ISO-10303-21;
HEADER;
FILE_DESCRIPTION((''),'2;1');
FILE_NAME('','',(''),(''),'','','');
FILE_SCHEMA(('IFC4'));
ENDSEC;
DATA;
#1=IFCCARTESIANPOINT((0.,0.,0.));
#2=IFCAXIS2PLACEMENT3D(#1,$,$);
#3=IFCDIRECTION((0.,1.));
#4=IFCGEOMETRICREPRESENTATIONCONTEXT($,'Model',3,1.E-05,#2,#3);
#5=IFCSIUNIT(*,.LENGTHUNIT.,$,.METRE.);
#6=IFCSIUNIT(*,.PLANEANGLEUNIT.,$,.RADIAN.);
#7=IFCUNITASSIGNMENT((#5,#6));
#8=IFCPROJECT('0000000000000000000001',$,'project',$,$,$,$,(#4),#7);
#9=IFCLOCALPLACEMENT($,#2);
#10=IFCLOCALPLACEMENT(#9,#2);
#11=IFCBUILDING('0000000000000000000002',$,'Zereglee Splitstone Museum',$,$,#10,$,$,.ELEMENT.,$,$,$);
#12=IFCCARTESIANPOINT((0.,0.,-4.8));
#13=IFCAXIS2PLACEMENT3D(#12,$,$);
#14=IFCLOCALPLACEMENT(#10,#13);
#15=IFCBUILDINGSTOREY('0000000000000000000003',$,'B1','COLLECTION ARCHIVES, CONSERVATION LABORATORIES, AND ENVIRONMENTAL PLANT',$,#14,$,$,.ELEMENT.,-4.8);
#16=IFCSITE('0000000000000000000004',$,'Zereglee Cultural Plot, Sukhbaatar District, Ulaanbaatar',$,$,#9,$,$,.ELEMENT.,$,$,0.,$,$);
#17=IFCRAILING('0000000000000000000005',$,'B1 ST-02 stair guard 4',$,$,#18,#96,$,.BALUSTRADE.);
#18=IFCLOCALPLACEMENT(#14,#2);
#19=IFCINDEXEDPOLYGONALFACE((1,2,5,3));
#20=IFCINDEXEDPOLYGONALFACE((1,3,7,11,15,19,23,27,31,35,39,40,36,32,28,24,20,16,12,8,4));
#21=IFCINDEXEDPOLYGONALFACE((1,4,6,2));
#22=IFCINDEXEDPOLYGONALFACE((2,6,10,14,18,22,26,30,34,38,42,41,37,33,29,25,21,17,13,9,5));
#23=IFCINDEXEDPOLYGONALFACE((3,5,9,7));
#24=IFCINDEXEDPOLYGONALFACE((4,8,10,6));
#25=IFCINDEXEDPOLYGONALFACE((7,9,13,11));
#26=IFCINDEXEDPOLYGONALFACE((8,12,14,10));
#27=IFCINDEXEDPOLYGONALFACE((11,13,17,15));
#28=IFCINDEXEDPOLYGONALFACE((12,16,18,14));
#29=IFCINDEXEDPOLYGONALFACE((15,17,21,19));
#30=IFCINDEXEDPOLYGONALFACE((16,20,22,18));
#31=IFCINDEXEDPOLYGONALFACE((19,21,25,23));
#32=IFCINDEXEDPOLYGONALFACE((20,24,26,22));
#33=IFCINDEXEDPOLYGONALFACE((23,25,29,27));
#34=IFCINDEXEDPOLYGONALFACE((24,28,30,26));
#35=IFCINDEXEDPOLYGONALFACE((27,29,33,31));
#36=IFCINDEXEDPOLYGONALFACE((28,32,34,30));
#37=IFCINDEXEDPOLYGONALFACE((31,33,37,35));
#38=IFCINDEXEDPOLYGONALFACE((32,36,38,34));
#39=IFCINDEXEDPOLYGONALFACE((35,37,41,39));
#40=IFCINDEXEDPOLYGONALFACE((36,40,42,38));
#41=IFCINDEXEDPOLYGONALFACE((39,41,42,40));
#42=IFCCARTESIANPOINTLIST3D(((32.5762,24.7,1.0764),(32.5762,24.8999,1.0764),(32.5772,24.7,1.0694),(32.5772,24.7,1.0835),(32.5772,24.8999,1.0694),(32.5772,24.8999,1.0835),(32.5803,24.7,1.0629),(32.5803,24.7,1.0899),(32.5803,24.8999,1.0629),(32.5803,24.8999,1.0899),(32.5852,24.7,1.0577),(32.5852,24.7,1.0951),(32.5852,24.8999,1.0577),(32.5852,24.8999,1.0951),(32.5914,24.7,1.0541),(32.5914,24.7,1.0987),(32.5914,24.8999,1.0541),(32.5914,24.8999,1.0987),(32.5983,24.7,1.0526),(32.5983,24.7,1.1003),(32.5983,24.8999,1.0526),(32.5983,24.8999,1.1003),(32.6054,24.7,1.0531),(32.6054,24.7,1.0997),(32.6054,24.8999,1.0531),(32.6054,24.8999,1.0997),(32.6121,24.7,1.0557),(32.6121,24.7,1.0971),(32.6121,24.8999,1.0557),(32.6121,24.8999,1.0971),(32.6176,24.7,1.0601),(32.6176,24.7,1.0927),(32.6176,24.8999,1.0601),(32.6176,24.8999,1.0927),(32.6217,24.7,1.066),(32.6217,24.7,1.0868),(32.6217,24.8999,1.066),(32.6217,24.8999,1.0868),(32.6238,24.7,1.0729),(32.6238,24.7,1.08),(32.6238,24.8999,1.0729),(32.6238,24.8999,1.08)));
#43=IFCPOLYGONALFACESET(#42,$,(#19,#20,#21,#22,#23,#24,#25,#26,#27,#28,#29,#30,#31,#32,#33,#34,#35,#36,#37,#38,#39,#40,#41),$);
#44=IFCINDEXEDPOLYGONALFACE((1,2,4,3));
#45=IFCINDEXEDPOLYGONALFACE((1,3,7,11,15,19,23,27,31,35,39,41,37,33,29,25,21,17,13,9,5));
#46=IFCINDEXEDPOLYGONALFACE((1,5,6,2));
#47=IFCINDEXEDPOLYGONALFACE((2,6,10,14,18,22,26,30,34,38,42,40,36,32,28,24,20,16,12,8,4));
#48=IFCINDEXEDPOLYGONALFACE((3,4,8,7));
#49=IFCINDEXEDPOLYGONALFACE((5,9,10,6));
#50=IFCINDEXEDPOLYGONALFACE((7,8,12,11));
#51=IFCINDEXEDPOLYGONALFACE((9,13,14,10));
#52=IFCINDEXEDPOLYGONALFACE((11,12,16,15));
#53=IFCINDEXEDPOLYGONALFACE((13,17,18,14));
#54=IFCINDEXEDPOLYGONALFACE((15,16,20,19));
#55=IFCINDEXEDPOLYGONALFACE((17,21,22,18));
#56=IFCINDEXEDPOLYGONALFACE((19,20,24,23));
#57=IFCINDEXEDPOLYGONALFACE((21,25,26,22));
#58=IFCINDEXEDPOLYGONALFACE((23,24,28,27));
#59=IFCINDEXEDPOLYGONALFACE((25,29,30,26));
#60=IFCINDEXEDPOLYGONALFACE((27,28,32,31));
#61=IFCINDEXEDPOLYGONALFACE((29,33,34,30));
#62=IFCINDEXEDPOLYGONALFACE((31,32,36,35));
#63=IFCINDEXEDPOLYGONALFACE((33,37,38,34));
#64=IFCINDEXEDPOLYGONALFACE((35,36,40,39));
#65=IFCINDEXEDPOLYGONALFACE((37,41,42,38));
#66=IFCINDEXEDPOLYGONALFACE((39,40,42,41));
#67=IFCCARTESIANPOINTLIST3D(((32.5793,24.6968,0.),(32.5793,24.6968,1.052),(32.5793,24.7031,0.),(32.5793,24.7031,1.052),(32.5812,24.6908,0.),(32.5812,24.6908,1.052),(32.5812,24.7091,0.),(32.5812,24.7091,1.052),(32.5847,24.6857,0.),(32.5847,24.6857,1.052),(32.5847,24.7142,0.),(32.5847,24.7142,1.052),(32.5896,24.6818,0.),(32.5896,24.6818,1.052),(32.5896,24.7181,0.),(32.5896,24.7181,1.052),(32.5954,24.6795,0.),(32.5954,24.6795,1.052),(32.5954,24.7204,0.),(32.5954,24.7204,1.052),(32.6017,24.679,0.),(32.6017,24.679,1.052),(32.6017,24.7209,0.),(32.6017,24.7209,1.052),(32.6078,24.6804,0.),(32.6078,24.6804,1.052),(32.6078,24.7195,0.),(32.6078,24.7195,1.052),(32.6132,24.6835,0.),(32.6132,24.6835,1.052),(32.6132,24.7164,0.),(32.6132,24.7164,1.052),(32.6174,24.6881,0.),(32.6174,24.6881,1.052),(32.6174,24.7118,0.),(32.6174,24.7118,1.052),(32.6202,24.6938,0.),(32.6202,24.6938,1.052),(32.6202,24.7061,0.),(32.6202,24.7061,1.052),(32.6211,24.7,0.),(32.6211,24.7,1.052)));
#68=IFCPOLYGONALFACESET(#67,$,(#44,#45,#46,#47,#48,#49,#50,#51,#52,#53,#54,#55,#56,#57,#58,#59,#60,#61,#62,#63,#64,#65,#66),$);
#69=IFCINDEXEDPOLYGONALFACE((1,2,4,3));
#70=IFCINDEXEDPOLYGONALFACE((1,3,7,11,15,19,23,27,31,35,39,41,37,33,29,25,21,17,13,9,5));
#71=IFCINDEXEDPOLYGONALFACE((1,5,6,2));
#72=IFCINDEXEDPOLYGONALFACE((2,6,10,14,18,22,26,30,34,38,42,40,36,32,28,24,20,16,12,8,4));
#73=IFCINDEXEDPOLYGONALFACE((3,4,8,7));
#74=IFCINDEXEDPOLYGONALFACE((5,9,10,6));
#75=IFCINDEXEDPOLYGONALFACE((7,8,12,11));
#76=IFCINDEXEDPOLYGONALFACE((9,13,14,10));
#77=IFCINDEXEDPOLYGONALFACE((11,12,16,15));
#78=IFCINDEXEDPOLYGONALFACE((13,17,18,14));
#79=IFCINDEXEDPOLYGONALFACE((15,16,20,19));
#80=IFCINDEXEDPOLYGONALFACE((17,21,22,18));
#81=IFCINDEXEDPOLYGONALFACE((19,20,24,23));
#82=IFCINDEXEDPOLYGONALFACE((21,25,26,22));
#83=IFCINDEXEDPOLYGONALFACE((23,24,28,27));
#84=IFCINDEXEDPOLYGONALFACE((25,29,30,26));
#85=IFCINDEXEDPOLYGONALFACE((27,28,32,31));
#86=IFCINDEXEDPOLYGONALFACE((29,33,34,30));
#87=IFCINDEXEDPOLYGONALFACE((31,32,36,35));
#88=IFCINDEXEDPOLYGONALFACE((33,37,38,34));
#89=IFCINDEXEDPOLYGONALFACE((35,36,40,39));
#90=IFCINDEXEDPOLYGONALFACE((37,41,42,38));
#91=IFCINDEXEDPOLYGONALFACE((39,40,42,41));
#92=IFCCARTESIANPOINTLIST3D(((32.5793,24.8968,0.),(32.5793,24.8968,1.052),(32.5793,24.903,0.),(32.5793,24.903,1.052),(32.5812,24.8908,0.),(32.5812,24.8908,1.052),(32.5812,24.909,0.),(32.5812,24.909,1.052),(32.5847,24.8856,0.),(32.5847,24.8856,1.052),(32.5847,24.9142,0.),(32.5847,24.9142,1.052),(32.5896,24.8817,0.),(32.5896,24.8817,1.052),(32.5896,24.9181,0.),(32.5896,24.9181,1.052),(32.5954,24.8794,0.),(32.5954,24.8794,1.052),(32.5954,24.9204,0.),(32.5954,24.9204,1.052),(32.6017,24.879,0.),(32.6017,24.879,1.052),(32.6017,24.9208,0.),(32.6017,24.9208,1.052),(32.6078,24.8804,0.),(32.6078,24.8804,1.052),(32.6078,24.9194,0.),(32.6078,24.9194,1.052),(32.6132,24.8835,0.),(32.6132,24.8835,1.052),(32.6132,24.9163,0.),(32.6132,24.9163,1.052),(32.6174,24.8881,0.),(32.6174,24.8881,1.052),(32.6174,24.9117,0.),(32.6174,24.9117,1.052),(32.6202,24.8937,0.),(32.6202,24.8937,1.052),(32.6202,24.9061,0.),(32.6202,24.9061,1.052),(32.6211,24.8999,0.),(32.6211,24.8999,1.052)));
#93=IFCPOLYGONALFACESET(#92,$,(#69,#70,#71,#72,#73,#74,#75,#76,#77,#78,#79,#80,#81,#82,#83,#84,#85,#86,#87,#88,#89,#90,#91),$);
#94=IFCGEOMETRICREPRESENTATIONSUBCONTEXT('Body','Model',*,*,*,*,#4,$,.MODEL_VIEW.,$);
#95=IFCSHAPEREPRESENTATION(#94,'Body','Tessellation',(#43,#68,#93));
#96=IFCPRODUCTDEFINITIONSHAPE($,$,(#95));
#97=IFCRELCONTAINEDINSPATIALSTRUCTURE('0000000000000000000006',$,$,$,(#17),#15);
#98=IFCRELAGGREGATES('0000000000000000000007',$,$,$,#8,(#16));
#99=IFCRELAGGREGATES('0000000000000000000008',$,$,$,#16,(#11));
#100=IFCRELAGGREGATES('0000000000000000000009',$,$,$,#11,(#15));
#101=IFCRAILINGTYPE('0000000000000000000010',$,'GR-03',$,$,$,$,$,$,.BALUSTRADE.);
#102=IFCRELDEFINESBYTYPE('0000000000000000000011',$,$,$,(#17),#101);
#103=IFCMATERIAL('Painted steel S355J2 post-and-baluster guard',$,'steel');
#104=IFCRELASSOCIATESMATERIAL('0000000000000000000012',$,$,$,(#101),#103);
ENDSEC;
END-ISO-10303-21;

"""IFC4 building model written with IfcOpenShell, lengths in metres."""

from ifc_helpers import new_model, si_unit, direction, frame, origin, origin_2d, place, context, subcontext, project, spatial, circle, extrude, material, type_object, element, save


model = new_model("IFC4")

# Units and contexts
model_context = context("Model", 3, precision=1e-05, world=origin(), true_north=direction((0.0, 1.0)))
body_context = subcontext(model_context, "Body", "Model", "MODEL_VIEW")
ifc_project = project(units=[si_unit("LENGTHUNIT", "METRE"), si_unit("PLANEANGLEUNIT", "RADIAN")], contexts=[model_context])

# Site, building, storey
site_placement = place(None, origin())
site = spatial("IfcSite", under=ifc_project, at=site_placement, Name="Zereglee Cultural Plot, Sukhbaatar District, Ulaanbaatar", CompositionType="ELEMENT", RefElevation=0.0)
building_placement = place(site_placement, origin())
building = spatial("IfcBuilding", under=site, at=building_placement, Name="Zereglee Splitstone Museum", CompositionType="ELEMENT")
storey_placement = place(building_placement, frame((0.0, 0.0, -4.8)))
storey = spatial("IfcBuildingStorey", under=building, at=storey_placement, Name="B1", Description="COLLECTION ARCHIVES, CONSERVATION LABORATORIES, AND ENVIRONMENTAL PLANT", CompositionType="ELEMENT", Elevation=-4.8)

# Railing
ifc_material_1 = material(Name="Painted steel S355J2 post-and-baluster guard", Category="steel")
railing_type_1 = type_object("IfcRailingType", Name="GR-03", PredefinedType="BALUSTRADE", material=ifc_material_1)
railing_1_placement = place(storey_placement, frame((32.6001, 24.7, 0.0)))
element("IfcRailing", 1, at=railing_1_placement, inside=storey, type_object=railing_type_1, Name="B1 ST-02 stair guard 4", PredefinedType="BALUSTRADE", context=body_context, shape_type="SweptSolid", body=[
    extrude(circle(Radius=0.0239, at=origin_2d()), frame((0.0, 0.0, 1.0764), z_axis=(0.0, 1.0, 0.0), x_axis=(-1.0, 0.0, 0.0)), (0.0, 0.0, 1.0), 0.2),
    extrude(circle(Radius=0.021, at=origin_2d()), origin(), (0.0, 0.0, 1.0), 1.052),
    extrude(circle(Radius=0.021, at=origin_2d()), frame((0.0, 0.2, 0.0)), (0.0, 0.0, 1.0), 1.052),
])

save(model, "model.ifc")
